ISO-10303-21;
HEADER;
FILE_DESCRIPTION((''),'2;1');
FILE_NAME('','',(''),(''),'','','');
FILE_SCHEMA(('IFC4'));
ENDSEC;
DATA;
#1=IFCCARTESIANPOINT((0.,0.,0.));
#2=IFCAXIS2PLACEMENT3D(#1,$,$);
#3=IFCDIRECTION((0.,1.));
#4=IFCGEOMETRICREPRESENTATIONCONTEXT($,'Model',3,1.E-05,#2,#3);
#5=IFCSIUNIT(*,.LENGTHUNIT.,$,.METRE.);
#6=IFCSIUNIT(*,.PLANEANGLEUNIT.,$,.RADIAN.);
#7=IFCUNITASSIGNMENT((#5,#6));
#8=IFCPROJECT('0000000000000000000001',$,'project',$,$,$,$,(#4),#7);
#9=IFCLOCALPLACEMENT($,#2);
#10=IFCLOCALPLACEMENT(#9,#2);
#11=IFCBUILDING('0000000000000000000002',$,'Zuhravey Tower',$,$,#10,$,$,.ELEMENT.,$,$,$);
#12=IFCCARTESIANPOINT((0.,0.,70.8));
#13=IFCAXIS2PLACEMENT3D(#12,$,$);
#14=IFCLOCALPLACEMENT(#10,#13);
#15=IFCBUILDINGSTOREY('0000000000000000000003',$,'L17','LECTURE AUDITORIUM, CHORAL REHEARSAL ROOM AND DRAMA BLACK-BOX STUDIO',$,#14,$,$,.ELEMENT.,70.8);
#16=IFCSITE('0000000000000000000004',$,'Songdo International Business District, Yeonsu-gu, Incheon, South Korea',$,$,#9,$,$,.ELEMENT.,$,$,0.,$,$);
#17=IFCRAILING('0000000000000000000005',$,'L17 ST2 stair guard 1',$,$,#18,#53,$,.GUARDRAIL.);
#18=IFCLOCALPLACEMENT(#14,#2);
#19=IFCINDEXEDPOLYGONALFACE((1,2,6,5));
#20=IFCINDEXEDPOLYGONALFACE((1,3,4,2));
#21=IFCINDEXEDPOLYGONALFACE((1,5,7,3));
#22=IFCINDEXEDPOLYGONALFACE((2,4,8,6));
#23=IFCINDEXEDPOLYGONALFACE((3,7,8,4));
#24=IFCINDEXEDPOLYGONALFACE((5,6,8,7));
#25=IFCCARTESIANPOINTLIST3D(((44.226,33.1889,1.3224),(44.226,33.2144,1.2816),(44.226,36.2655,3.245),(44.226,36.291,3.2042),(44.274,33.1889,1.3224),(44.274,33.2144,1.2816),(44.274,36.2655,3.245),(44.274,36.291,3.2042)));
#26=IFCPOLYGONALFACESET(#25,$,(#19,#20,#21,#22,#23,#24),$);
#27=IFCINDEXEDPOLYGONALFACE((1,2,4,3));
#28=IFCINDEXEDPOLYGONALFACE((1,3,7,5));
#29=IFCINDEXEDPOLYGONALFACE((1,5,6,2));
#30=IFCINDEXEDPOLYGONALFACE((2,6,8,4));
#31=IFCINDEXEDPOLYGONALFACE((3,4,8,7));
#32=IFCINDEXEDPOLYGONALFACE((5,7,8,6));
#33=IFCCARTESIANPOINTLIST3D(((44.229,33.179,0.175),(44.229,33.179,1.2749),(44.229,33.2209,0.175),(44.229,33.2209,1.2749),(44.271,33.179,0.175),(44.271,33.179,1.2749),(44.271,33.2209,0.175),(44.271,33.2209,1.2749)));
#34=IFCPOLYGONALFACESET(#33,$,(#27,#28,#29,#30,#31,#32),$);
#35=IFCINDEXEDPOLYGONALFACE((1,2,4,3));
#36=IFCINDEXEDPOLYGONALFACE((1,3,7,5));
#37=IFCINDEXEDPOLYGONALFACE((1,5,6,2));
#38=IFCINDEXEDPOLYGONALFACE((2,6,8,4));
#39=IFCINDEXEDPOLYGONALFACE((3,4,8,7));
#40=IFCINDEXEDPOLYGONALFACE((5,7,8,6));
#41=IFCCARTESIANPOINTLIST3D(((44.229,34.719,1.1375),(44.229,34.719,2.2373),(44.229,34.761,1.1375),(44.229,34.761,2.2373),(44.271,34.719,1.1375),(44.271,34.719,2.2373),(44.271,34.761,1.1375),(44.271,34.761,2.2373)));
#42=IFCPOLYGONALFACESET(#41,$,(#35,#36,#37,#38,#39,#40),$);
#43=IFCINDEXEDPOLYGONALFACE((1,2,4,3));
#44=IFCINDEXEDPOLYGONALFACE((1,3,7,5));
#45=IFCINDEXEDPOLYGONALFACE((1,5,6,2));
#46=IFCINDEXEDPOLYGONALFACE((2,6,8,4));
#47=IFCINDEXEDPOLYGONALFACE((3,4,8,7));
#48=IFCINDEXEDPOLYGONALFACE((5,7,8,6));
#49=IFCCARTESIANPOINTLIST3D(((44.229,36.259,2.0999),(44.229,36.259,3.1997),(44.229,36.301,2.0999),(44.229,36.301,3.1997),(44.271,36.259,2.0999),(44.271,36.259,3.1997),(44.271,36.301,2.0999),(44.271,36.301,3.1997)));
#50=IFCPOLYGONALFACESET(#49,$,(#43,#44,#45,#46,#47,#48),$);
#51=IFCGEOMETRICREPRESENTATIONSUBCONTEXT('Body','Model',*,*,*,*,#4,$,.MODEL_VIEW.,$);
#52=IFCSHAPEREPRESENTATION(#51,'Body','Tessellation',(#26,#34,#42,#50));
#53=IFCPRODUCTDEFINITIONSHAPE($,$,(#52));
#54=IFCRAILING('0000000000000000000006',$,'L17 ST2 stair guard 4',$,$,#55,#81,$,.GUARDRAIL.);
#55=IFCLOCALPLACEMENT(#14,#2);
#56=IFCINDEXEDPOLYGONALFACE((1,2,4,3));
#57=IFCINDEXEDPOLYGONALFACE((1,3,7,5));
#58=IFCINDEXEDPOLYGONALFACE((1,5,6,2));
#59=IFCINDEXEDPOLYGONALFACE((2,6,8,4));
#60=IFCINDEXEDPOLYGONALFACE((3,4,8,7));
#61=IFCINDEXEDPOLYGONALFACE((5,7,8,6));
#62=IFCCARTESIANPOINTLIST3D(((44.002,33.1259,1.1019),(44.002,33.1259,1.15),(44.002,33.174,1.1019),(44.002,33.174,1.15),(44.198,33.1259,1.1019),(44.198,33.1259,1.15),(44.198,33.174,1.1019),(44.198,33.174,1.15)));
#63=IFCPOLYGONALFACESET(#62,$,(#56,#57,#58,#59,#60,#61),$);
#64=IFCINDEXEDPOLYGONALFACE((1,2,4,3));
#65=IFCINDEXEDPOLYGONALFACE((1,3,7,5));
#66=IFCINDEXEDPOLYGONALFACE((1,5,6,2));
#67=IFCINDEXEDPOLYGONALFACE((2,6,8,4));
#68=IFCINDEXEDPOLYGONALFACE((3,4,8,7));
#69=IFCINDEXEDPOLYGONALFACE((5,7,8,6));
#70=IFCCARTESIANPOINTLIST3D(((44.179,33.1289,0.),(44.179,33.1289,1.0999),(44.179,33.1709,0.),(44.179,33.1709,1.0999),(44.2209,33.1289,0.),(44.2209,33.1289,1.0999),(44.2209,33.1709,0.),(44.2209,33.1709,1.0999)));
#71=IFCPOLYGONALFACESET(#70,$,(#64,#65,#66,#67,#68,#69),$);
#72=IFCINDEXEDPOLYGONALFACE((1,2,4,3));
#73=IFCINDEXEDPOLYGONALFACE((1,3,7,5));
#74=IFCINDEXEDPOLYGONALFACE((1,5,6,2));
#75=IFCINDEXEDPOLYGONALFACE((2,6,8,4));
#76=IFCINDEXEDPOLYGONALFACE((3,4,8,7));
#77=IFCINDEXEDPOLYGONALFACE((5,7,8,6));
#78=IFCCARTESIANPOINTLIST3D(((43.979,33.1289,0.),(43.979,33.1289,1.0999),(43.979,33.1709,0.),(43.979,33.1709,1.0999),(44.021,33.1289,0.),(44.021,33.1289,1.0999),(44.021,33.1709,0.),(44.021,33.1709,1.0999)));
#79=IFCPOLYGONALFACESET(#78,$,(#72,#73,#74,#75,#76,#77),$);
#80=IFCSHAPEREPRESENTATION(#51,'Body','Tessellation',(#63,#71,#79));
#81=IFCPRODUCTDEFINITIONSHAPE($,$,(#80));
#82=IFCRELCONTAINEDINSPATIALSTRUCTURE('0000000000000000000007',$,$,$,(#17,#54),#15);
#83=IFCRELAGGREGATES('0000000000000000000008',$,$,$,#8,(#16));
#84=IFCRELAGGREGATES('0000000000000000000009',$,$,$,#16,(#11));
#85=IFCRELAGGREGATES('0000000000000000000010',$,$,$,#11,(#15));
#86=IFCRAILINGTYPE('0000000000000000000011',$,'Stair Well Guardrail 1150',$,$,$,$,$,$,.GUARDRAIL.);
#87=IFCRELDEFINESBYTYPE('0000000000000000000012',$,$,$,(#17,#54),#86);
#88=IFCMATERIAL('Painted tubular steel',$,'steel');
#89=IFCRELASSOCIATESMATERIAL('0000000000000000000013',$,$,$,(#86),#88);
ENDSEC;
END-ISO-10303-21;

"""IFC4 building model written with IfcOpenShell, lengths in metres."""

from ifc_helpers import new_model, si_unit, direction, frame, origin, origin_2d, place, context, subcontext, project, spatial, rectangle, extrude, material, type_object, element, save


model = new_model("IFC4")

# Units and contexts
model_context = context("Model", 3, precision=1e-05, world=origin(), true_north=direction((0.0, 1.0)))
body_context = subcontext(model_context, "Body", "Model", "MODEL_VIEW")
ifc_project = project(units=[si_unit("LENGTHUNIT", "METRE"), si_unit("PLANEANGLEUNIT", "RADIAN")], contexts=[model_context])

# Site, building, storey
site_placement = place(None, origin())
site = spatial("IfcSite", under=ifc_project, at=site_placement, Name="Songdo International Business District, Yeonsu-gu, Incheon, South Korea", CompositionType="ELEMENT", RefElevation=0.0)
building_placement = place(site_placement, origin())
building = spatial("IfcBuilding", under=site, at=building_placement, Name="Zuhravey Tower", CompositionType="ELEMENT")
storey_placement = place(building_placement, frame((0.0, 0.0, 70.8)))
storey = spatial("IfcBuildingStorey", under=building, at=storey_placement, Name="L17", Description="LECTURE AUDITORIUM, CHORAL REHEARSAL ROOM AND DRAMA BLACK-BOX STUDIO", CompositionType="ELEMENT", Elevation=70.8)

# Railings
ifc_material_1 = material(Name="Painted tubular steel", Category="steel")
railing_type_1 = type_object("IfcRailingType", Name="Stair Well Guardrail 1150", PredefinedType="GUARDRAIL", material=ifc_material_1)
railing_1_placement = place(storey_placement, frame((44.25, 33.2, 0.175)))
element("IfcRailing", 1, at=railing_1_placement, inside=storey, type_object=railing_type_1, Name="L17 ST2 stair guard 1", PredefinedType="GUARDRAIL", context=body_context, shape_type="SweptSolid", body=[
    extrude(rectangle(XDim=0.0481, YDim=0.0481, at=origin_2d()), frame((0.0, 0.0017, 1.127), z_axis=(0.0, 0.848029, 0.529951), x_axis=(-1.0, 0.0, 0.0)), (0.0, 0.0, 1.0), 3.6279),
    extrude(rectangle(XDim=0.042, YDim=0.042, at=origin_2d()), origin(), (0.0, 0.0, 1.0), 1.0999),
    extrude(rectangle(XDim=0.042, YDim=0.042, at=origin_2d()), frame((0.0, 1.54, 0.9624)), (0.0, 0.0, 1.0), 1.0999),
    extrude(rectangle(XDim=0.042, YDim=0.042, at=origin_2d()), frame((0.0, 3.0801, 1.9248)), (0.0, 0.0, 1.0), 1.0999),
])
railing_2_placement = place(storey_placement, frame((44.2, 33.1499, 0.0)))
element("IfcRailing", 2, at=railing_2_placement, inside=storey, type_object=railing_type_1, Name="L17 ST2 stair guard 4", PredefinedType="GUARDRAIL", context=body_context, shape_type="SweptSolid", body=[
    extrude(rectangle(XDim=0.0481, YDim=0.0481, at=origin_2d()), frame((-0.002, 0.0, 1.126), z_axis=(-1.0, 0.0, 0.0), x_axis=(0.0, -1.0, 0.0)), (0.0, 0.0, 1.0), 0.196),
    extrude(rectangle(XDim=0.042, YDim=0.042, at=origin_2d()), origin(), (0.0, 0.0, 1.0), 1.0999),
    extrude(rectangle(XDim=0.042, YDim=0.042, at=origin_2d()), frame((-0.2, 0.0, 0.0)), (0.0, 0.0, 1.0), 1.0999),
])

save(model, "model.ifc")
